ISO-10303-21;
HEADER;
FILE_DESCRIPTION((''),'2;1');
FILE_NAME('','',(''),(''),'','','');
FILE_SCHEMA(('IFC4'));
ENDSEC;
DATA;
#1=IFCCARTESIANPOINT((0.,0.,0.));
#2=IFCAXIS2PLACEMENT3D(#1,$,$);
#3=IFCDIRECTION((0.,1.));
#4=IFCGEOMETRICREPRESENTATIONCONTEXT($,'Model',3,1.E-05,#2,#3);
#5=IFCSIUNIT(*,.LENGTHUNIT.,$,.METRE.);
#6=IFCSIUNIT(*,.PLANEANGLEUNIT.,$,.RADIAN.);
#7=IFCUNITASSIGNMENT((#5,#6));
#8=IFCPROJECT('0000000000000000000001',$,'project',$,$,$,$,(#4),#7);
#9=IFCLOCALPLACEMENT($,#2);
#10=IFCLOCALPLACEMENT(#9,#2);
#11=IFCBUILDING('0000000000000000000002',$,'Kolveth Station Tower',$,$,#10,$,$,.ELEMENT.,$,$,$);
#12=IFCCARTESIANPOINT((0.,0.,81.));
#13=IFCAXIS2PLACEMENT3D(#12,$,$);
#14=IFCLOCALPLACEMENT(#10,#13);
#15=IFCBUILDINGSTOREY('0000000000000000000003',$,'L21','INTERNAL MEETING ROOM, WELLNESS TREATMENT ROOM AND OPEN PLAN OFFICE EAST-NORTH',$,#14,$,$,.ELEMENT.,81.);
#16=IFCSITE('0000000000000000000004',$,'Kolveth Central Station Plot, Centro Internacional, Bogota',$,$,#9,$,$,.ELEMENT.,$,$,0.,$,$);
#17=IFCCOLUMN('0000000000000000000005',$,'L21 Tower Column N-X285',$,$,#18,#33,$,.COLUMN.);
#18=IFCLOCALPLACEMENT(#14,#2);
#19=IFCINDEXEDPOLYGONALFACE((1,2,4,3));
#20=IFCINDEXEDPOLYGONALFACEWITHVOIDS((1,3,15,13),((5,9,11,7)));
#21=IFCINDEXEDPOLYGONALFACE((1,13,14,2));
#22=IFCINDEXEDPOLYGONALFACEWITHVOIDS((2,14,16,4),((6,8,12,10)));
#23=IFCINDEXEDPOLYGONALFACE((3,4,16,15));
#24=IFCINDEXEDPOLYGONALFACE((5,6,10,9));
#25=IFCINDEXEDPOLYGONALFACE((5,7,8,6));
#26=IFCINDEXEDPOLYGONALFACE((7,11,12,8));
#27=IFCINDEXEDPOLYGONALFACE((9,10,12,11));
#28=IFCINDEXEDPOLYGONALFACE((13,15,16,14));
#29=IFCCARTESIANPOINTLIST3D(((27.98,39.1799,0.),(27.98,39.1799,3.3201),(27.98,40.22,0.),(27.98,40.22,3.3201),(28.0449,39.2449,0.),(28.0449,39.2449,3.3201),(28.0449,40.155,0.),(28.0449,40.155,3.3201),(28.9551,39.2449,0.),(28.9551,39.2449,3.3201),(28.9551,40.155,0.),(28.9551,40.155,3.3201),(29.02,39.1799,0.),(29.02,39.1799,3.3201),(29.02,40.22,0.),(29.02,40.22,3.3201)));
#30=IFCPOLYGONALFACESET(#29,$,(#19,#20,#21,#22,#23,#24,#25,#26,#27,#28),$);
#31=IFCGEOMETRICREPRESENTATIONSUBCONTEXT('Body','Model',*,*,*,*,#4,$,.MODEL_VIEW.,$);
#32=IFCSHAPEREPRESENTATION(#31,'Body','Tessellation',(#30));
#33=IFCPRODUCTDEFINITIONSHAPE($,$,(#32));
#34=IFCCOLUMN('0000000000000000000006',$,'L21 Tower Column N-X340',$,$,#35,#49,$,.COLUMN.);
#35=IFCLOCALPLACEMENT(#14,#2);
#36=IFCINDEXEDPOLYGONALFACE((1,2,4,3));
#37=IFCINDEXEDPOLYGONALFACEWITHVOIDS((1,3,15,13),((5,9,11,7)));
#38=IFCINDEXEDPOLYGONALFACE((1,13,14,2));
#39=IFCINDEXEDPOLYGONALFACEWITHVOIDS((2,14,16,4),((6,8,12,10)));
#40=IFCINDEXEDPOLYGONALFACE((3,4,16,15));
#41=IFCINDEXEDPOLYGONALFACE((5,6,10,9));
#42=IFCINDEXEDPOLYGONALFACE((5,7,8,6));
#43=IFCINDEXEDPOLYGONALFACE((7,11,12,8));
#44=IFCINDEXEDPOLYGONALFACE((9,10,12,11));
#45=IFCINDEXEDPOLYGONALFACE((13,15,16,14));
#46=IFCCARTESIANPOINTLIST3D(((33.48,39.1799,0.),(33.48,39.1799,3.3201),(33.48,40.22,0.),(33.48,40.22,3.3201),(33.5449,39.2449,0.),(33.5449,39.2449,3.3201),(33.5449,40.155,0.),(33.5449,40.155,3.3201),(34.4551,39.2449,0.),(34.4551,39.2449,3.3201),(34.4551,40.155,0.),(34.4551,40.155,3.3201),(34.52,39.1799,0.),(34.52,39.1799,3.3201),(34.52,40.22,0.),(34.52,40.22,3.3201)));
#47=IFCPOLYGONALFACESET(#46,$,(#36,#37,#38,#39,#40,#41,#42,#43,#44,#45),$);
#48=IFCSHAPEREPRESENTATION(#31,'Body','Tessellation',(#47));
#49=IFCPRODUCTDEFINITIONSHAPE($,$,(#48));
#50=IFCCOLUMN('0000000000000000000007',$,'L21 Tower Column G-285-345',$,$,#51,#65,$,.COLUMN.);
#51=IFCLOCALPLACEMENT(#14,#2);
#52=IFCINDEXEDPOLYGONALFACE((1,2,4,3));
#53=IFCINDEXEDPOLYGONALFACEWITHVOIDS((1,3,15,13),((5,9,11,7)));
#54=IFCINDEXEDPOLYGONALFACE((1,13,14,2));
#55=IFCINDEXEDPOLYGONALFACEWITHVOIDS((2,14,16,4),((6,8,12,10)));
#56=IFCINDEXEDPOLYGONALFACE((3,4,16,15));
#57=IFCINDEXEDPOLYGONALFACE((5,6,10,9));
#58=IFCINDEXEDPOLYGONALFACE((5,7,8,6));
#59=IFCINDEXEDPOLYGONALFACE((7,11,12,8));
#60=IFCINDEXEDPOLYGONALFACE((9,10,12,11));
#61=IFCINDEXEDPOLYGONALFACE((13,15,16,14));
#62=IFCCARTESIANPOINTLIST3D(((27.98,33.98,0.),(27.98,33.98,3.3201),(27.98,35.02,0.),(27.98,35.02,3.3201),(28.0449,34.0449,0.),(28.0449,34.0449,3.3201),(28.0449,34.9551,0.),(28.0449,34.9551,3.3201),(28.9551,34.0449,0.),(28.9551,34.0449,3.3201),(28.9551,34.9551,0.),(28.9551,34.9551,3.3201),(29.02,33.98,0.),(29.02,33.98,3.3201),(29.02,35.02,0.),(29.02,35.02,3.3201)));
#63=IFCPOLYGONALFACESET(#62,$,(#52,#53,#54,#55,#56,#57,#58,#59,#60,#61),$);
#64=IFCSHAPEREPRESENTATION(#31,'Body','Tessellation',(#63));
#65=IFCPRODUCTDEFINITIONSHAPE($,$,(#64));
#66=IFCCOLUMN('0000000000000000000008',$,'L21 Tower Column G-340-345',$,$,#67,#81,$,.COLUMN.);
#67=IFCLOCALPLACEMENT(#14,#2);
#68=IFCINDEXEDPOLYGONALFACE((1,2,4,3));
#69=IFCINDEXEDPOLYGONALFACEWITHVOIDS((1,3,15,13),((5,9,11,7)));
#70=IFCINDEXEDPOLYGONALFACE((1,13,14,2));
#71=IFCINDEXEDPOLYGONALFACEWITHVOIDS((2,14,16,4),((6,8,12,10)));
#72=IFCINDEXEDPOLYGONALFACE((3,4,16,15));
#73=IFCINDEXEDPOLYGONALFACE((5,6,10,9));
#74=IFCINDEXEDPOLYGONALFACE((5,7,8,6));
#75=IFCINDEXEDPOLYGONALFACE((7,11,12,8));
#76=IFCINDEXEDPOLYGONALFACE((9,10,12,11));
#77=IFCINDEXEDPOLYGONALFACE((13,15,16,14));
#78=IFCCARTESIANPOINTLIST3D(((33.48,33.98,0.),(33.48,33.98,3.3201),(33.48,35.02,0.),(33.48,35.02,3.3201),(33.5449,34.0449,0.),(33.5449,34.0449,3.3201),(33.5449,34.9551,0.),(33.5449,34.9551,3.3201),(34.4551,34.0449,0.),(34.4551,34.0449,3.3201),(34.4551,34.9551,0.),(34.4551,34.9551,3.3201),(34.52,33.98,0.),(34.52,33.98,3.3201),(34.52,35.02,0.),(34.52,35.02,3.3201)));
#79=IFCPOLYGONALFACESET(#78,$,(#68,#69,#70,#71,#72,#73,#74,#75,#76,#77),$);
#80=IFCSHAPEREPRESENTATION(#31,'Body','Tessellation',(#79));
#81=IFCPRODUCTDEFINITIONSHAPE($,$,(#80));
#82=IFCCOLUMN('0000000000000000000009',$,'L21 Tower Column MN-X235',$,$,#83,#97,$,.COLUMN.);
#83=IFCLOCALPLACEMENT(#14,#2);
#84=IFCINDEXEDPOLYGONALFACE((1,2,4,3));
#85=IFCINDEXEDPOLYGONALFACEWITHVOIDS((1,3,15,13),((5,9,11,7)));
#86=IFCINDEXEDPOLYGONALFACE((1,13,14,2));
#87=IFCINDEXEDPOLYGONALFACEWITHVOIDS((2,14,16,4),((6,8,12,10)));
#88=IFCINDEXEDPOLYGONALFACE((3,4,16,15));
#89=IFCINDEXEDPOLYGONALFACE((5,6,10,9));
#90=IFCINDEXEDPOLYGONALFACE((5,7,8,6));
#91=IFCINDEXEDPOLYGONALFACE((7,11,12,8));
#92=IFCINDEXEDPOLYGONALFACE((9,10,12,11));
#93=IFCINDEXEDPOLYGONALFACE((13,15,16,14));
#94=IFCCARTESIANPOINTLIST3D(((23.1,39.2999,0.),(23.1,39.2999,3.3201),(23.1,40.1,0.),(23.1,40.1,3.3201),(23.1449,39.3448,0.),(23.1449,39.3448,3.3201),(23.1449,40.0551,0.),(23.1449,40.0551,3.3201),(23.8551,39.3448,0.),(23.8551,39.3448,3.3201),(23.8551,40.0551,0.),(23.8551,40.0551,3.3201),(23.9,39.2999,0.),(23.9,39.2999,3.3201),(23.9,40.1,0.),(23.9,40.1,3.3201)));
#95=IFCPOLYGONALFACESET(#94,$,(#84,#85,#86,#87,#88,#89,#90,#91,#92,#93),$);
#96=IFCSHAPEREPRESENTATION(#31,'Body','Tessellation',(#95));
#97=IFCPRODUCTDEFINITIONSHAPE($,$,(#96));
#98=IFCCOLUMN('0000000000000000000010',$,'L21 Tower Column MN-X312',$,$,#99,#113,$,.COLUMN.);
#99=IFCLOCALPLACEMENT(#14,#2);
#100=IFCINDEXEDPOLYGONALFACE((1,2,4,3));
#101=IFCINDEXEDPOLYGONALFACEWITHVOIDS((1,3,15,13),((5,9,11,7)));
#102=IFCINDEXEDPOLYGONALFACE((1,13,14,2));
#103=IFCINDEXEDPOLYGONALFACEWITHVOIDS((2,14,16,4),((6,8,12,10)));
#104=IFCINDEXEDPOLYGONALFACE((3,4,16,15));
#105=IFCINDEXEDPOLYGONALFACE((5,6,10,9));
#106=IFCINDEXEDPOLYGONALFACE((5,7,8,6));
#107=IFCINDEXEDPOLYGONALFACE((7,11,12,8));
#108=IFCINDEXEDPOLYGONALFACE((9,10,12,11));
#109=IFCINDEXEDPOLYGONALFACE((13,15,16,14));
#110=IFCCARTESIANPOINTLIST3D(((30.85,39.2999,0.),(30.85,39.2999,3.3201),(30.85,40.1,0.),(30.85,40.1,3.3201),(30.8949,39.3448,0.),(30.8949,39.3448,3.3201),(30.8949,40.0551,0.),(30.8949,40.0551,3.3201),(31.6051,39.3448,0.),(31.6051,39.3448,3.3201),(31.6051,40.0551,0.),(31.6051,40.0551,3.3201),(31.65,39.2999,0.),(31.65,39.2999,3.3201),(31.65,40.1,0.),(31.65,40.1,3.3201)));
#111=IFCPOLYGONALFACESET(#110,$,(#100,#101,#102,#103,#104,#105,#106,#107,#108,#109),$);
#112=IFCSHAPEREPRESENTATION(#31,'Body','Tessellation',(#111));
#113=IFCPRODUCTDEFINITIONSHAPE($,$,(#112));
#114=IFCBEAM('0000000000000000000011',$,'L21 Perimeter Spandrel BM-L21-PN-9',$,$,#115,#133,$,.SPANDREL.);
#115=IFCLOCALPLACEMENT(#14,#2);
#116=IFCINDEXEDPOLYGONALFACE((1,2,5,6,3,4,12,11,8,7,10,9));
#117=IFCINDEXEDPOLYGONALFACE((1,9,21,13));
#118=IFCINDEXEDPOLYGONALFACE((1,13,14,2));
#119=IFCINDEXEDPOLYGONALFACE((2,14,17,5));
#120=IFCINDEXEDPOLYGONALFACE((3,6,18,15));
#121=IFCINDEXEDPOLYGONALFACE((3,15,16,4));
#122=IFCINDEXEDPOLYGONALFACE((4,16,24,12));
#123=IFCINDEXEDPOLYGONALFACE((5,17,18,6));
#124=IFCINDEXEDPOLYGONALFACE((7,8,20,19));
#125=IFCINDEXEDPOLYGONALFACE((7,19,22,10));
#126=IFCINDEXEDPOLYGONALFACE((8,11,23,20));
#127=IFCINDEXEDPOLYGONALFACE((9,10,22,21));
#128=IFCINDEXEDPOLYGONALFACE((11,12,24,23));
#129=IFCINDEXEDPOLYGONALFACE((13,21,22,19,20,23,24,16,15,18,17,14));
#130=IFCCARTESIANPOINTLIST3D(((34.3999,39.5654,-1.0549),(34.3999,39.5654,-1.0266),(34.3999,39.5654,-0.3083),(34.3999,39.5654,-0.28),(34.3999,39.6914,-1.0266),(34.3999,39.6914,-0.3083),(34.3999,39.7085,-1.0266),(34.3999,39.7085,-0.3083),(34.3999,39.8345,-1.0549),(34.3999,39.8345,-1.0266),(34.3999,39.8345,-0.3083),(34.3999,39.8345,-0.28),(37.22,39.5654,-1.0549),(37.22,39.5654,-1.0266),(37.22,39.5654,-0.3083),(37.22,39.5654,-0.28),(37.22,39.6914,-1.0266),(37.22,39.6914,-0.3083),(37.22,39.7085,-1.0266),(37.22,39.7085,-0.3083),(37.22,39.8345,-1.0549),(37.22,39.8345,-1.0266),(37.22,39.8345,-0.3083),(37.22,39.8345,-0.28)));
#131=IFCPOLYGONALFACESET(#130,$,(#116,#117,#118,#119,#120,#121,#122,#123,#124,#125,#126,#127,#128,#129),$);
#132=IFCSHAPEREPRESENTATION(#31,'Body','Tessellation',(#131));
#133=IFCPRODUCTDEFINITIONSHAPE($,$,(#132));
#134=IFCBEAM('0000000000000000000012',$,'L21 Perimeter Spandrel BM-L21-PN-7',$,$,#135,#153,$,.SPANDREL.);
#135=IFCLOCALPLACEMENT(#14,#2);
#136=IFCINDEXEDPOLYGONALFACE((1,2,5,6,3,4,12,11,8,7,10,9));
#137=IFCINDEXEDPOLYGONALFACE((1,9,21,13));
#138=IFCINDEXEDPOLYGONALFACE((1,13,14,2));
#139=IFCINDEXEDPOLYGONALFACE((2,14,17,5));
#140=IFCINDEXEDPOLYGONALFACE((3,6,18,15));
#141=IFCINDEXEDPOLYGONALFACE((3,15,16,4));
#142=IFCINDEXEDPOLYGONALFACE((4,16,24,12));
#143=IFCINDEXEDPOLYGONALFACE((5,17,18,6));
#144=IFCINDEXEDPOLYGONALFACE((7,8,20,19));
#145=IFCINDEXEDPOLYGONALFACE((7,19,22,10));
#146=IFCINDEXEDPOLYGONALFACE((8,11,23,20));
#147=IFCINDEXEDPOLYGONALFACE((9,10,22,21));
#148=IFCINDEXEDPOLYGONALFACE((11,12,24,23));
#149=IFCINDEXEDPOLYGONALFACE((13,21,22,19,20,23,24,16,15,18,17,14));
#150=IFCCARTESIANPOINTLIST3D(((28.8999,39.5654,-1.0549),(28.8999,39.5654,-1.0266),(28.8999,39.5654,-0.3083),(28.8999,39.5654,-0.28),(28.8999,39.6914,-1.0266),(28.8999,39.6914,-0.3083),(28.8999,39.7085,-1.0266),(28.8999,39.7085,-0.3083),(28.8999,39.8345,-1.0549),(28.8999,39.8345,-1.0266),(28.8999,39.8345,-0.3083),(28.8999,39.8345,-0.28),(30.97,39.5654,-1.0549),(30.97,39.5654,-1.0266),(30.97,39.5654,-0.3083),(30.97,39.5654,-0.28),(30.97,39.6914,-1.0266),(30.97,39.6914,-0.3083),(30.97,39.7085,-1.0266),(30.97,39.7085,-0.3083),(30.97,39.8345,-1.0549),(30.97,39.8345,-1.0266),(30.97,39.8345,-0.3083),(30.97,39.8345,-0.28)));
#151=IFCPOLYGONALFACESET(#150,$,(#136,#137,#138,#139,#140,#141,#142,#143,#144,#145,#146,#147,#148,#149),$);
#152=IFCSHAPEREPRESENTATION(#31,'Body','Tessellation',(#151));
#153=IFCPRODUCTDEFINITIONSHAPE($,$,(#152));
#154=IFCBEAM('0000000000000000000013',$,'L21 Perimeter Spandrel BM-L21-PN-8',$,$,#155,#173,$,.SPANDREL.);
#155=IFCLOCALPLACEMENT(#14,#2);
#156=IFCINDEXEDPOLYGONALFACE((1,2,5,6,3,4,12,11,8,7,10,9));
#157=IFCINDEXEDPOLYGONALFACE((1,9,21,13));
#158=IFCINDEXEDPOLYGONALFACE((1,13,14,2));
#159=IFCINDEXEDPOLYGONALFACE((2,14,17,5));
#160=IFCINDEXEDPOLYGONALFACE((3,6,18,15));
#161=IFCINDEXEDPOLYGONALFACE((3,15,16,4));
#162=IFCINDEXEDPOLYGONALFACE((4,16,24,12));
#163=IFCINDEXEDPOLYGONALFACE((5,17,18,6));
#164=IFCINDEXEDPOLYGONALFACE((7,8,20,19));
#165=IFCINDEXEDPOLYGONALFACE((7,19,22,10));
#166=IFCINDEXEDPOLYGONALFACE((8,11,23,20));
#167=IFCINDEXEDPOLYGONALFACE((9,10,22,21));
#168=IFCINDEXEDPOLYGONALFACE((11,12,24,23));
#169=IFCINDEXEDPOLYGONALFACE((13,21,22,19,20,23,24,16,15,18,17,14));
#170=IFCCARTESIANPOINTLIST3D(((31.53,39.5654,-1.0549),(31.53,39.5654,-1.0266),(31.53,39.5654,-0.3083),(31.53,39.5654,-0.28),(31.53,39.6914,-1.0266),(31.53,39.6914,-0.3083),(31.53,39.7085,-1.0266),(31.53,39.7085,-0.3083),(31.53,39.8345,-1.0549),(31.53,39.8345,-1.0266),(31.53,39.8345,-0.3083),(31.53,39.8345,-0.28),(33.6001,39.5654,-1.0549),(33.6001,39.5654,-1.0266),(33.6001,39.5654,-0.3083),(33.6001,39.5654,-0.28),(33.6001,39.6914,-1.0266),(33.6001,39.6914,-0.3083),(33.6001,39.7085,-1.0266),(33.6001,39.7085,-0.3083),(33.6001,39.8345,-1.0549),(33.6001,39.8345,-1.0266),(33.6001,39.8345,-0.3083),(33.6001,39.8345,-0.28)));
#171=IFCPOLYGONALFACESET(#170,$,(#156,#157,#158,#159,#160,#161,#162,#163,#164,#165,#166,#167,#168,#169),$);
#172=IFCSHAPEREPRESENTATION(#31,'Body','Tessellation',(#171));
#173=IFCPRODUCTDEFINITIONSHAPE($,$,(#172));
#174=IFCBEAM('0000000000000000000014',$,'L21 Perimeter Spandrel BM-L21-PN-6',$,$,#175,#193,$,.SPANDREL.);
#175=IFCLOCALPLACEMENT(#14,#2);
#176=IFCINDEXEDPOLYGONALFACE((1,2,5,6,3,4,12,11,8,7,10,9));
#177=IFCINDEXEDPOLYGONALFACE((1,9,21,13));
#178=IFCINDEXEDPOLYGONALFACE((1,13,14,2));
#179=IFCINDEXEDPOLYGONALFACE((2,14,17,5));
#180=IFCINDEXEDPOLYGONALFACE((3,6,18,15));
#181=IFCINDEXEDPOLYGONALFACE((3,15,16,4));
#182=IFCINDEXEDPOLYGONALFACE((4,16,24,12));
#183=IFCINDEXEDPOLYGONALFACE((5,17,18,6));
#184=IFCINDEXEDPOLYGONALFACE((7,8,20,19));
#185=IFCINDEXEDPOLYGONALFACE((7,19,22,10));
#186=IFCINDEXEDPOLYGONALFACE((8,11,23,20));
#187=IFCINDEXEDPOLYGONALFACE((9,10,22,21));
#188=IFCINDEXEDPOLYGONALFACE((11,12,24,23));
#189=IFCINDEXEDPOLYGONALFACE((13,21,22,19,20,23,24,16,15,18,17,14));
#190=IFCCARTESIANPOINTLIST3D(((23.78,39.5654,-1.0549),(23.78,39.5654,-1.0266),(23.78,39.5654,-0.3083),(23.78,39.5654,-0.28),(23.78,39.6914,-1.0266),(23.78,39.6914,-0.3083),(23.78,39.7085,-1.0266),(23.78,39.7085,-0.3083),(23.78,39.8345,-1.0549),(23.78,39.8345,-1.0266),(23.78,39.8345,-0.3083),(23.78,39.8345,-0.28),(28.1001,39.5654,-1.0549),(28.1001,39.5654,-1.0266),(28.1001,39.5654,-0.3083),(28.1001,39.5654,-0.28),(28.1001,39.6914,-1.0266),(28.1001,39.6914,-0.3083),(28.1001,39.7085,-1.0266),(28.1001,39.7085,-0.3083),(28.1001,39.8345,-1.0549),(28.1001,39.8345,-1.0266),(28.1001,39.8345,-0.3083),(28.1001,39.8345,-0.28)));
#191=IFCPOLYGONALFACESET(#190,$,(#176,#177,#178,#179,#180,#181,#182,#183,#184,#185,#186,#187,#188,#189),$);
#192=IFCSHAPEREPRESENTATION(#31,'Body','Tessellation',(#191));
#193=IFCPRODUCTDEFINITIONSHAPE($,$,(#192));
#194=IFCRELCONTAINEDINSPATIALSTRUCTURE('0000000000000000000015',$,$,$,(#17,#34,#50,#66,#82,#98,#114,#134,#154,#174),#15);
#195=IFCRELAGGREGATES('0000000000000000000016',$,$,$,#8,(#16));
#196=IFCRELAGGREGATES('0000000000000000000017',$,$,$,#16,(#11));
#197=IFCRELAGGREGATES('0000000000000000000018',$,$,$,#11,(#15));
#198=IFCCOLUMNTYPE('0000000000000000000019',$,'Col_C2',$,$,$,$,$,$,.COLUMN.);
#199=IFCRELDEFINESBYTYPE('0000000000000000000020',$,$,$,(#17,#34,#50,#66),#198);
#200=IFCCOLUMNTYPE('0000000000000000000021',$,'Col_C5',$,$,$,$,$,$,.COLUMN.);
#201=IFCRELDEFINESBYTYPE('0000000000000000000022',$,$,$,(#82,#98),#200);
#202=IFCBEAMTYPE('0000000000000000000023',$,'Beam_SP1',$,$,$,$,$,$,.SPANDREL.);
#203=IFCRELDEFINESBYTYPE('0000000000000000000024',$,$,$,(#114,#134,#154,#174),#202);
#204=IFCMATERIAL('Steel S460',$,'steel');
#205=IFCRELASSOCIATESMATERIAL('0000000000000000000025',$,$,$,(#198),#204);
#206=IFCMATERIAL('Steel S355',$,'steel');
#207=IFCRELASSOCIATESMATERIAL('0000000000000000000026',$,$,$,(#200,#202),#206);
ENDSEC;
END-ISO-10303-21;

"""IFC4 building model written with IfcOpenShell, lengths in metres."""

from ifc_helpers import new_model, si_unit, direction, frame, origin, origin_2d, place, context, subcontext, project, spatial, hollow_rectangle, i_section, extrude, source, transform, mapped, material, material_profile, profile_set, type_object, element, save


model = new_model("IFC4")

# Units and contexts
model_context = context("Model", 3, precision=1e-05, world=origin(), true_north=direction((0.0, 1.0)))
body_context = subcontext(model_context, "Body", "Model", "MODEL_VIEW")
ifc_project = project(units=[si_unit("LENGTHUNIT", "METRE"), si_unit("PLANEANGLEUNIT", "RADIAN")], contexts=[model_context])

# Site, building, storey
site_placement = place(None, origin())
site = spatial("IfcSite", under=ifc_project, at=site_placement, Name="Kolveth Central Station Plot, Centro Internacional, Bogota", CompositionType="ELEMENT", RefElevation=0.0)
building_placement = place(site_placement, origin())
building = spatial("IfcBuilding", under=site, at=building_placement, Name="Kolveth Station Tower", CompositionType="ELEMENT")
storey_placement = place(building_placement, frame((0.0, 0.0, 81.0)))
storey = spatial("IfcBuildingStorey", under=building, at=storey_placement, Name="L21", Description="INTERNAL MEETING ROOM, WELLNESS TREATMENT ROOM AND OPEN PLAN OFFICE EAST-NORTH", CompositionType="ELEMENT", Elevation=81.0)

# Columns
ifc_material_1 = material(Name="Steel S460", Category="steel")
ifc_material_profile_1 = material_profile(ifc_material_1, hollow_rectangle(XDim=1.04, YDim=1.04, WallThickness=0.0649, at=origin_2d()), Name="BOX1040x1040x65")
ifc_profile_set_1 = profile_set([ifc_material_profile_1], Name="Steel S460")
column_type_1 = type_object("IfcColumnType", Name="Col_C2", PredefinedType="COLUMN", material=ifc_profile_set_1)
shared_shape_1 = source(origin(), body_context, "Body", "SweptSolid", [
    extrude(hollow_rectangle(XDim=1.04, YDim=1.04, WallThickness=0.0649, at=origin_2d()), origin(), (0.0, 0.0, 1.0), 3.3201),
])
for number, where, z_axis, x_axis, name in (
    (1, (28.5, 39.7, 0.0), (0.0, 0.0, 1.0), (1.0, 0.0, 0.0), "L21 Tower Column N-X285"),
    (2, (34.0, 39.7, 0.0), (0.0, 0.0, 1.0), (1.0, 0.0, 0.0), "L21 Tower Column N-X340"),
    (3, (28.5, 34.5, 0.0), (0.0, 0.0, 1.0), (1.0, 0.0, 0.0), "L21 Tower Column G-285-345"),
    (4, (34.0, 34.5, 0.0), (0.0, 0.0, 1.0), (1.0, 0.0, 0.0), "L21 Tower Column G-340-345"),
):
    element("IfcColumn", number, at=place(storey_placement, frame(where, z_axis=z_axis, x_axis=x_axis)), inside=storey, type_object=column_type_1, Name=name, PredefinedType="COLUMN", context=body_context, shape_type="MappedRepresentation", body=[
        mapped(shared_shape_1, transform((0.0, 0.0, 0.0), x_axis=(1.0, 0.0, 0.0), y_axis=(0.0, 1.0, 0.0), z_axis=(0.0, 0.0, 1.0), scale=1.0)),
    ])
ifc_material_2 = material(Name="Steel S355", Category="steel")
ifc_material_profile_2 = material_profile(ifc_material_2, hollow_rectangle(XDim=0.8, YDim=0.8, WallThickness=0.0449, at=origin_2d()), Name="BOX800x800x45")
ifc_profile_set_2 = profile_set([ifc_material_profile_2], Name="Steel S355")
column_type_2 = type_object("IfcColumnType", Name="Col_C5", PredefinedType="COLUMN", material=ifc_profile_set_2)
shared_shape_2 = source(origin(), body_context, "Body", "SweptSolid", [
    extrude(hollow_rectangle(XDim=0.8, YDim=0.8, WallThickness=0.0449, at=origin_2d()), origin(), (0.0, 0.0, 1.0), 3.3201),
])
for number, where, z_axis, x_axis, name in (
    (5, (23.5, 39.7, 0.0), (0.0, 0.0, 1.0), (1.0, 0.0, 0.0), "L21 Tower Column MN-X235"),
    (6, (31.25, 39.7, 0.0), (0.0, 0.0, 1.0), (1.0, 0.0, 0.0), "L21 Tower Column MN-X312"),
):
    element("IfcColumn", number, at=place(storey_placement, frame(where, z_axis=z_axis, x_axis=x_axis)), inside=storey, type_object=column_type_2, Name=name, PredefinedType="COLUMN", context=body_context, shape_type="MappedRepresentation", body=[
        mapped(shared_shape_2, transform((0.0, 0.0, 0.0), x_axis=(1.0, 0.0, 0.0), y_axis=(0.0, 1.0, 0.0), z_axis=(0.0, 0.0, 1.0), scale=1.0)),
    ])

# Beams
ifc_material_profile_3 = material_profile(ifc_material_2, i_section(OverallWidth=0.269, OverallDepth=0.7749, WebThickness=0.0171, FlangeThickness=0.0283, at=origin_2d()), Name="W760x220")
ifc_profile_set_3 = profile_set([ifc_material_profile_3], Name="Steel S355")
beam_type_1 = type_object("IfcBeamType", Name="Beam_SP1", PredefinedType="SPANDREL", material=ifc_profile_set_3)
shared_shape_3 = source(origin(), body_context, "Body", "SweptSolid", [
    extrude(i_section(OverallWidth=0.269, OverallDepth=0.7749, WebThickness=0.0171, FlangeThickness=0.0283, at=origin_2d()), origin(), (0.0, 0.0, 1.0), 2.8201),
])
beam_1_placement = place(storey_placement, frame((34.3999, 39.7, -0.6675), z_axis=(1.0, 0.0, 0.0), x_axis=(0.0, 1.0, 0.0)))
element("IfcBeam", 7, at=beam_1_placement, inside=storey, type_object=beam_type_1, Name="L21 Perimeter Spandrel BM-L21-PN-9", PredefinedType="SPANDREL", context=body_context, shape_type="MappedRepresentation", body=[
    mapped(shared_shape_3, transform((0.0, 0.0, 0.0), x_axis=(1.0, 0.0, 0.0), y_axis=(0.0, 1.0, 0.0), z_axis=(0.0, 0.0, 1.0), scale=1.0)),
])
shared_shape_4 = source(origin(), body_context, "Body", "SweptSolid", [
    extrude(i_section(OverallWidth=0.269, OverallDepth=0.7749, WebThickness=0.0171, FlangeThickness=0.0283, at=origin_2d()), origin(), (0.0, 0.0, 1.0), 2.0701),
])
for number, where, z_axis, x_axis, name in (
    (8, (28.8999, 39.7, -0.6675), (1.0, 0.0, 0.0), (0.0, 1.0, 0.0), "L21 Perimeter Spandrel BM-L21-PN-7"),
    (9, (31.53, 39.7, -0.6675), (1.0, 0.0, 0.0), (0.0, 1.0, 0.0), "L21 Perimeter Spandrel BM-L21-PN-8"),
):
    element("IfcBeam", number, at=place(storey_placement, frame(where, z_axis=z_axis, x_axis=x_axis)), inside=storey, type_object=beam_type_1, Name=name, PredefinedType="SPANDREL", context=body_context, shape_type="MappedRepresentation", body=[
        mapped(shared_shape_4, transform((0.0, 0.0, 0.0), x_axis=(1.0, 0.0, 0.0), y_axis=(0.0, 1.0, 0.0), z_axis=(0.0, 0.0, 1.0), scale=1.0)),
    ])
shared_shape_5 = source(origin(), body_context, "Body", "SweptSolid", [
    extrude(i_section(OverallWidth=0.269, OverallDepth=0.7749, WebThickness=0.0171, FlangeThickness=0.0283, at=origin_2d()), origin(), (0.0, 0.0, 1.0), 4.3201),
])
beam_2_placement = place(storey_placement, frame((23.78, 39.7, -0.6675), z_axis=(1.0, 0.0, 0.0), x_axis=(0.0, 1.0, 0.0)))
element("IfcBeam", 10, at=beam_2_placement, inside=storey, type_object=beam_type_1, Name="L21 Perimeter Spandrel BM-L21-PN-6", PredefinedType="SPANDREL", context=body_context, shape_type="MappedRepresentation", body=[
    mapped(shared_shape_5, transform((0.0, 0.0, 0.0), x_axis=(1.0, 0.0, 0.0), y_axis=(0.0, 1.0, 0.0), z_axis=(0.0, 0.0, 1.0), scale=1.0)),
])

save(model, "model.ifc")
